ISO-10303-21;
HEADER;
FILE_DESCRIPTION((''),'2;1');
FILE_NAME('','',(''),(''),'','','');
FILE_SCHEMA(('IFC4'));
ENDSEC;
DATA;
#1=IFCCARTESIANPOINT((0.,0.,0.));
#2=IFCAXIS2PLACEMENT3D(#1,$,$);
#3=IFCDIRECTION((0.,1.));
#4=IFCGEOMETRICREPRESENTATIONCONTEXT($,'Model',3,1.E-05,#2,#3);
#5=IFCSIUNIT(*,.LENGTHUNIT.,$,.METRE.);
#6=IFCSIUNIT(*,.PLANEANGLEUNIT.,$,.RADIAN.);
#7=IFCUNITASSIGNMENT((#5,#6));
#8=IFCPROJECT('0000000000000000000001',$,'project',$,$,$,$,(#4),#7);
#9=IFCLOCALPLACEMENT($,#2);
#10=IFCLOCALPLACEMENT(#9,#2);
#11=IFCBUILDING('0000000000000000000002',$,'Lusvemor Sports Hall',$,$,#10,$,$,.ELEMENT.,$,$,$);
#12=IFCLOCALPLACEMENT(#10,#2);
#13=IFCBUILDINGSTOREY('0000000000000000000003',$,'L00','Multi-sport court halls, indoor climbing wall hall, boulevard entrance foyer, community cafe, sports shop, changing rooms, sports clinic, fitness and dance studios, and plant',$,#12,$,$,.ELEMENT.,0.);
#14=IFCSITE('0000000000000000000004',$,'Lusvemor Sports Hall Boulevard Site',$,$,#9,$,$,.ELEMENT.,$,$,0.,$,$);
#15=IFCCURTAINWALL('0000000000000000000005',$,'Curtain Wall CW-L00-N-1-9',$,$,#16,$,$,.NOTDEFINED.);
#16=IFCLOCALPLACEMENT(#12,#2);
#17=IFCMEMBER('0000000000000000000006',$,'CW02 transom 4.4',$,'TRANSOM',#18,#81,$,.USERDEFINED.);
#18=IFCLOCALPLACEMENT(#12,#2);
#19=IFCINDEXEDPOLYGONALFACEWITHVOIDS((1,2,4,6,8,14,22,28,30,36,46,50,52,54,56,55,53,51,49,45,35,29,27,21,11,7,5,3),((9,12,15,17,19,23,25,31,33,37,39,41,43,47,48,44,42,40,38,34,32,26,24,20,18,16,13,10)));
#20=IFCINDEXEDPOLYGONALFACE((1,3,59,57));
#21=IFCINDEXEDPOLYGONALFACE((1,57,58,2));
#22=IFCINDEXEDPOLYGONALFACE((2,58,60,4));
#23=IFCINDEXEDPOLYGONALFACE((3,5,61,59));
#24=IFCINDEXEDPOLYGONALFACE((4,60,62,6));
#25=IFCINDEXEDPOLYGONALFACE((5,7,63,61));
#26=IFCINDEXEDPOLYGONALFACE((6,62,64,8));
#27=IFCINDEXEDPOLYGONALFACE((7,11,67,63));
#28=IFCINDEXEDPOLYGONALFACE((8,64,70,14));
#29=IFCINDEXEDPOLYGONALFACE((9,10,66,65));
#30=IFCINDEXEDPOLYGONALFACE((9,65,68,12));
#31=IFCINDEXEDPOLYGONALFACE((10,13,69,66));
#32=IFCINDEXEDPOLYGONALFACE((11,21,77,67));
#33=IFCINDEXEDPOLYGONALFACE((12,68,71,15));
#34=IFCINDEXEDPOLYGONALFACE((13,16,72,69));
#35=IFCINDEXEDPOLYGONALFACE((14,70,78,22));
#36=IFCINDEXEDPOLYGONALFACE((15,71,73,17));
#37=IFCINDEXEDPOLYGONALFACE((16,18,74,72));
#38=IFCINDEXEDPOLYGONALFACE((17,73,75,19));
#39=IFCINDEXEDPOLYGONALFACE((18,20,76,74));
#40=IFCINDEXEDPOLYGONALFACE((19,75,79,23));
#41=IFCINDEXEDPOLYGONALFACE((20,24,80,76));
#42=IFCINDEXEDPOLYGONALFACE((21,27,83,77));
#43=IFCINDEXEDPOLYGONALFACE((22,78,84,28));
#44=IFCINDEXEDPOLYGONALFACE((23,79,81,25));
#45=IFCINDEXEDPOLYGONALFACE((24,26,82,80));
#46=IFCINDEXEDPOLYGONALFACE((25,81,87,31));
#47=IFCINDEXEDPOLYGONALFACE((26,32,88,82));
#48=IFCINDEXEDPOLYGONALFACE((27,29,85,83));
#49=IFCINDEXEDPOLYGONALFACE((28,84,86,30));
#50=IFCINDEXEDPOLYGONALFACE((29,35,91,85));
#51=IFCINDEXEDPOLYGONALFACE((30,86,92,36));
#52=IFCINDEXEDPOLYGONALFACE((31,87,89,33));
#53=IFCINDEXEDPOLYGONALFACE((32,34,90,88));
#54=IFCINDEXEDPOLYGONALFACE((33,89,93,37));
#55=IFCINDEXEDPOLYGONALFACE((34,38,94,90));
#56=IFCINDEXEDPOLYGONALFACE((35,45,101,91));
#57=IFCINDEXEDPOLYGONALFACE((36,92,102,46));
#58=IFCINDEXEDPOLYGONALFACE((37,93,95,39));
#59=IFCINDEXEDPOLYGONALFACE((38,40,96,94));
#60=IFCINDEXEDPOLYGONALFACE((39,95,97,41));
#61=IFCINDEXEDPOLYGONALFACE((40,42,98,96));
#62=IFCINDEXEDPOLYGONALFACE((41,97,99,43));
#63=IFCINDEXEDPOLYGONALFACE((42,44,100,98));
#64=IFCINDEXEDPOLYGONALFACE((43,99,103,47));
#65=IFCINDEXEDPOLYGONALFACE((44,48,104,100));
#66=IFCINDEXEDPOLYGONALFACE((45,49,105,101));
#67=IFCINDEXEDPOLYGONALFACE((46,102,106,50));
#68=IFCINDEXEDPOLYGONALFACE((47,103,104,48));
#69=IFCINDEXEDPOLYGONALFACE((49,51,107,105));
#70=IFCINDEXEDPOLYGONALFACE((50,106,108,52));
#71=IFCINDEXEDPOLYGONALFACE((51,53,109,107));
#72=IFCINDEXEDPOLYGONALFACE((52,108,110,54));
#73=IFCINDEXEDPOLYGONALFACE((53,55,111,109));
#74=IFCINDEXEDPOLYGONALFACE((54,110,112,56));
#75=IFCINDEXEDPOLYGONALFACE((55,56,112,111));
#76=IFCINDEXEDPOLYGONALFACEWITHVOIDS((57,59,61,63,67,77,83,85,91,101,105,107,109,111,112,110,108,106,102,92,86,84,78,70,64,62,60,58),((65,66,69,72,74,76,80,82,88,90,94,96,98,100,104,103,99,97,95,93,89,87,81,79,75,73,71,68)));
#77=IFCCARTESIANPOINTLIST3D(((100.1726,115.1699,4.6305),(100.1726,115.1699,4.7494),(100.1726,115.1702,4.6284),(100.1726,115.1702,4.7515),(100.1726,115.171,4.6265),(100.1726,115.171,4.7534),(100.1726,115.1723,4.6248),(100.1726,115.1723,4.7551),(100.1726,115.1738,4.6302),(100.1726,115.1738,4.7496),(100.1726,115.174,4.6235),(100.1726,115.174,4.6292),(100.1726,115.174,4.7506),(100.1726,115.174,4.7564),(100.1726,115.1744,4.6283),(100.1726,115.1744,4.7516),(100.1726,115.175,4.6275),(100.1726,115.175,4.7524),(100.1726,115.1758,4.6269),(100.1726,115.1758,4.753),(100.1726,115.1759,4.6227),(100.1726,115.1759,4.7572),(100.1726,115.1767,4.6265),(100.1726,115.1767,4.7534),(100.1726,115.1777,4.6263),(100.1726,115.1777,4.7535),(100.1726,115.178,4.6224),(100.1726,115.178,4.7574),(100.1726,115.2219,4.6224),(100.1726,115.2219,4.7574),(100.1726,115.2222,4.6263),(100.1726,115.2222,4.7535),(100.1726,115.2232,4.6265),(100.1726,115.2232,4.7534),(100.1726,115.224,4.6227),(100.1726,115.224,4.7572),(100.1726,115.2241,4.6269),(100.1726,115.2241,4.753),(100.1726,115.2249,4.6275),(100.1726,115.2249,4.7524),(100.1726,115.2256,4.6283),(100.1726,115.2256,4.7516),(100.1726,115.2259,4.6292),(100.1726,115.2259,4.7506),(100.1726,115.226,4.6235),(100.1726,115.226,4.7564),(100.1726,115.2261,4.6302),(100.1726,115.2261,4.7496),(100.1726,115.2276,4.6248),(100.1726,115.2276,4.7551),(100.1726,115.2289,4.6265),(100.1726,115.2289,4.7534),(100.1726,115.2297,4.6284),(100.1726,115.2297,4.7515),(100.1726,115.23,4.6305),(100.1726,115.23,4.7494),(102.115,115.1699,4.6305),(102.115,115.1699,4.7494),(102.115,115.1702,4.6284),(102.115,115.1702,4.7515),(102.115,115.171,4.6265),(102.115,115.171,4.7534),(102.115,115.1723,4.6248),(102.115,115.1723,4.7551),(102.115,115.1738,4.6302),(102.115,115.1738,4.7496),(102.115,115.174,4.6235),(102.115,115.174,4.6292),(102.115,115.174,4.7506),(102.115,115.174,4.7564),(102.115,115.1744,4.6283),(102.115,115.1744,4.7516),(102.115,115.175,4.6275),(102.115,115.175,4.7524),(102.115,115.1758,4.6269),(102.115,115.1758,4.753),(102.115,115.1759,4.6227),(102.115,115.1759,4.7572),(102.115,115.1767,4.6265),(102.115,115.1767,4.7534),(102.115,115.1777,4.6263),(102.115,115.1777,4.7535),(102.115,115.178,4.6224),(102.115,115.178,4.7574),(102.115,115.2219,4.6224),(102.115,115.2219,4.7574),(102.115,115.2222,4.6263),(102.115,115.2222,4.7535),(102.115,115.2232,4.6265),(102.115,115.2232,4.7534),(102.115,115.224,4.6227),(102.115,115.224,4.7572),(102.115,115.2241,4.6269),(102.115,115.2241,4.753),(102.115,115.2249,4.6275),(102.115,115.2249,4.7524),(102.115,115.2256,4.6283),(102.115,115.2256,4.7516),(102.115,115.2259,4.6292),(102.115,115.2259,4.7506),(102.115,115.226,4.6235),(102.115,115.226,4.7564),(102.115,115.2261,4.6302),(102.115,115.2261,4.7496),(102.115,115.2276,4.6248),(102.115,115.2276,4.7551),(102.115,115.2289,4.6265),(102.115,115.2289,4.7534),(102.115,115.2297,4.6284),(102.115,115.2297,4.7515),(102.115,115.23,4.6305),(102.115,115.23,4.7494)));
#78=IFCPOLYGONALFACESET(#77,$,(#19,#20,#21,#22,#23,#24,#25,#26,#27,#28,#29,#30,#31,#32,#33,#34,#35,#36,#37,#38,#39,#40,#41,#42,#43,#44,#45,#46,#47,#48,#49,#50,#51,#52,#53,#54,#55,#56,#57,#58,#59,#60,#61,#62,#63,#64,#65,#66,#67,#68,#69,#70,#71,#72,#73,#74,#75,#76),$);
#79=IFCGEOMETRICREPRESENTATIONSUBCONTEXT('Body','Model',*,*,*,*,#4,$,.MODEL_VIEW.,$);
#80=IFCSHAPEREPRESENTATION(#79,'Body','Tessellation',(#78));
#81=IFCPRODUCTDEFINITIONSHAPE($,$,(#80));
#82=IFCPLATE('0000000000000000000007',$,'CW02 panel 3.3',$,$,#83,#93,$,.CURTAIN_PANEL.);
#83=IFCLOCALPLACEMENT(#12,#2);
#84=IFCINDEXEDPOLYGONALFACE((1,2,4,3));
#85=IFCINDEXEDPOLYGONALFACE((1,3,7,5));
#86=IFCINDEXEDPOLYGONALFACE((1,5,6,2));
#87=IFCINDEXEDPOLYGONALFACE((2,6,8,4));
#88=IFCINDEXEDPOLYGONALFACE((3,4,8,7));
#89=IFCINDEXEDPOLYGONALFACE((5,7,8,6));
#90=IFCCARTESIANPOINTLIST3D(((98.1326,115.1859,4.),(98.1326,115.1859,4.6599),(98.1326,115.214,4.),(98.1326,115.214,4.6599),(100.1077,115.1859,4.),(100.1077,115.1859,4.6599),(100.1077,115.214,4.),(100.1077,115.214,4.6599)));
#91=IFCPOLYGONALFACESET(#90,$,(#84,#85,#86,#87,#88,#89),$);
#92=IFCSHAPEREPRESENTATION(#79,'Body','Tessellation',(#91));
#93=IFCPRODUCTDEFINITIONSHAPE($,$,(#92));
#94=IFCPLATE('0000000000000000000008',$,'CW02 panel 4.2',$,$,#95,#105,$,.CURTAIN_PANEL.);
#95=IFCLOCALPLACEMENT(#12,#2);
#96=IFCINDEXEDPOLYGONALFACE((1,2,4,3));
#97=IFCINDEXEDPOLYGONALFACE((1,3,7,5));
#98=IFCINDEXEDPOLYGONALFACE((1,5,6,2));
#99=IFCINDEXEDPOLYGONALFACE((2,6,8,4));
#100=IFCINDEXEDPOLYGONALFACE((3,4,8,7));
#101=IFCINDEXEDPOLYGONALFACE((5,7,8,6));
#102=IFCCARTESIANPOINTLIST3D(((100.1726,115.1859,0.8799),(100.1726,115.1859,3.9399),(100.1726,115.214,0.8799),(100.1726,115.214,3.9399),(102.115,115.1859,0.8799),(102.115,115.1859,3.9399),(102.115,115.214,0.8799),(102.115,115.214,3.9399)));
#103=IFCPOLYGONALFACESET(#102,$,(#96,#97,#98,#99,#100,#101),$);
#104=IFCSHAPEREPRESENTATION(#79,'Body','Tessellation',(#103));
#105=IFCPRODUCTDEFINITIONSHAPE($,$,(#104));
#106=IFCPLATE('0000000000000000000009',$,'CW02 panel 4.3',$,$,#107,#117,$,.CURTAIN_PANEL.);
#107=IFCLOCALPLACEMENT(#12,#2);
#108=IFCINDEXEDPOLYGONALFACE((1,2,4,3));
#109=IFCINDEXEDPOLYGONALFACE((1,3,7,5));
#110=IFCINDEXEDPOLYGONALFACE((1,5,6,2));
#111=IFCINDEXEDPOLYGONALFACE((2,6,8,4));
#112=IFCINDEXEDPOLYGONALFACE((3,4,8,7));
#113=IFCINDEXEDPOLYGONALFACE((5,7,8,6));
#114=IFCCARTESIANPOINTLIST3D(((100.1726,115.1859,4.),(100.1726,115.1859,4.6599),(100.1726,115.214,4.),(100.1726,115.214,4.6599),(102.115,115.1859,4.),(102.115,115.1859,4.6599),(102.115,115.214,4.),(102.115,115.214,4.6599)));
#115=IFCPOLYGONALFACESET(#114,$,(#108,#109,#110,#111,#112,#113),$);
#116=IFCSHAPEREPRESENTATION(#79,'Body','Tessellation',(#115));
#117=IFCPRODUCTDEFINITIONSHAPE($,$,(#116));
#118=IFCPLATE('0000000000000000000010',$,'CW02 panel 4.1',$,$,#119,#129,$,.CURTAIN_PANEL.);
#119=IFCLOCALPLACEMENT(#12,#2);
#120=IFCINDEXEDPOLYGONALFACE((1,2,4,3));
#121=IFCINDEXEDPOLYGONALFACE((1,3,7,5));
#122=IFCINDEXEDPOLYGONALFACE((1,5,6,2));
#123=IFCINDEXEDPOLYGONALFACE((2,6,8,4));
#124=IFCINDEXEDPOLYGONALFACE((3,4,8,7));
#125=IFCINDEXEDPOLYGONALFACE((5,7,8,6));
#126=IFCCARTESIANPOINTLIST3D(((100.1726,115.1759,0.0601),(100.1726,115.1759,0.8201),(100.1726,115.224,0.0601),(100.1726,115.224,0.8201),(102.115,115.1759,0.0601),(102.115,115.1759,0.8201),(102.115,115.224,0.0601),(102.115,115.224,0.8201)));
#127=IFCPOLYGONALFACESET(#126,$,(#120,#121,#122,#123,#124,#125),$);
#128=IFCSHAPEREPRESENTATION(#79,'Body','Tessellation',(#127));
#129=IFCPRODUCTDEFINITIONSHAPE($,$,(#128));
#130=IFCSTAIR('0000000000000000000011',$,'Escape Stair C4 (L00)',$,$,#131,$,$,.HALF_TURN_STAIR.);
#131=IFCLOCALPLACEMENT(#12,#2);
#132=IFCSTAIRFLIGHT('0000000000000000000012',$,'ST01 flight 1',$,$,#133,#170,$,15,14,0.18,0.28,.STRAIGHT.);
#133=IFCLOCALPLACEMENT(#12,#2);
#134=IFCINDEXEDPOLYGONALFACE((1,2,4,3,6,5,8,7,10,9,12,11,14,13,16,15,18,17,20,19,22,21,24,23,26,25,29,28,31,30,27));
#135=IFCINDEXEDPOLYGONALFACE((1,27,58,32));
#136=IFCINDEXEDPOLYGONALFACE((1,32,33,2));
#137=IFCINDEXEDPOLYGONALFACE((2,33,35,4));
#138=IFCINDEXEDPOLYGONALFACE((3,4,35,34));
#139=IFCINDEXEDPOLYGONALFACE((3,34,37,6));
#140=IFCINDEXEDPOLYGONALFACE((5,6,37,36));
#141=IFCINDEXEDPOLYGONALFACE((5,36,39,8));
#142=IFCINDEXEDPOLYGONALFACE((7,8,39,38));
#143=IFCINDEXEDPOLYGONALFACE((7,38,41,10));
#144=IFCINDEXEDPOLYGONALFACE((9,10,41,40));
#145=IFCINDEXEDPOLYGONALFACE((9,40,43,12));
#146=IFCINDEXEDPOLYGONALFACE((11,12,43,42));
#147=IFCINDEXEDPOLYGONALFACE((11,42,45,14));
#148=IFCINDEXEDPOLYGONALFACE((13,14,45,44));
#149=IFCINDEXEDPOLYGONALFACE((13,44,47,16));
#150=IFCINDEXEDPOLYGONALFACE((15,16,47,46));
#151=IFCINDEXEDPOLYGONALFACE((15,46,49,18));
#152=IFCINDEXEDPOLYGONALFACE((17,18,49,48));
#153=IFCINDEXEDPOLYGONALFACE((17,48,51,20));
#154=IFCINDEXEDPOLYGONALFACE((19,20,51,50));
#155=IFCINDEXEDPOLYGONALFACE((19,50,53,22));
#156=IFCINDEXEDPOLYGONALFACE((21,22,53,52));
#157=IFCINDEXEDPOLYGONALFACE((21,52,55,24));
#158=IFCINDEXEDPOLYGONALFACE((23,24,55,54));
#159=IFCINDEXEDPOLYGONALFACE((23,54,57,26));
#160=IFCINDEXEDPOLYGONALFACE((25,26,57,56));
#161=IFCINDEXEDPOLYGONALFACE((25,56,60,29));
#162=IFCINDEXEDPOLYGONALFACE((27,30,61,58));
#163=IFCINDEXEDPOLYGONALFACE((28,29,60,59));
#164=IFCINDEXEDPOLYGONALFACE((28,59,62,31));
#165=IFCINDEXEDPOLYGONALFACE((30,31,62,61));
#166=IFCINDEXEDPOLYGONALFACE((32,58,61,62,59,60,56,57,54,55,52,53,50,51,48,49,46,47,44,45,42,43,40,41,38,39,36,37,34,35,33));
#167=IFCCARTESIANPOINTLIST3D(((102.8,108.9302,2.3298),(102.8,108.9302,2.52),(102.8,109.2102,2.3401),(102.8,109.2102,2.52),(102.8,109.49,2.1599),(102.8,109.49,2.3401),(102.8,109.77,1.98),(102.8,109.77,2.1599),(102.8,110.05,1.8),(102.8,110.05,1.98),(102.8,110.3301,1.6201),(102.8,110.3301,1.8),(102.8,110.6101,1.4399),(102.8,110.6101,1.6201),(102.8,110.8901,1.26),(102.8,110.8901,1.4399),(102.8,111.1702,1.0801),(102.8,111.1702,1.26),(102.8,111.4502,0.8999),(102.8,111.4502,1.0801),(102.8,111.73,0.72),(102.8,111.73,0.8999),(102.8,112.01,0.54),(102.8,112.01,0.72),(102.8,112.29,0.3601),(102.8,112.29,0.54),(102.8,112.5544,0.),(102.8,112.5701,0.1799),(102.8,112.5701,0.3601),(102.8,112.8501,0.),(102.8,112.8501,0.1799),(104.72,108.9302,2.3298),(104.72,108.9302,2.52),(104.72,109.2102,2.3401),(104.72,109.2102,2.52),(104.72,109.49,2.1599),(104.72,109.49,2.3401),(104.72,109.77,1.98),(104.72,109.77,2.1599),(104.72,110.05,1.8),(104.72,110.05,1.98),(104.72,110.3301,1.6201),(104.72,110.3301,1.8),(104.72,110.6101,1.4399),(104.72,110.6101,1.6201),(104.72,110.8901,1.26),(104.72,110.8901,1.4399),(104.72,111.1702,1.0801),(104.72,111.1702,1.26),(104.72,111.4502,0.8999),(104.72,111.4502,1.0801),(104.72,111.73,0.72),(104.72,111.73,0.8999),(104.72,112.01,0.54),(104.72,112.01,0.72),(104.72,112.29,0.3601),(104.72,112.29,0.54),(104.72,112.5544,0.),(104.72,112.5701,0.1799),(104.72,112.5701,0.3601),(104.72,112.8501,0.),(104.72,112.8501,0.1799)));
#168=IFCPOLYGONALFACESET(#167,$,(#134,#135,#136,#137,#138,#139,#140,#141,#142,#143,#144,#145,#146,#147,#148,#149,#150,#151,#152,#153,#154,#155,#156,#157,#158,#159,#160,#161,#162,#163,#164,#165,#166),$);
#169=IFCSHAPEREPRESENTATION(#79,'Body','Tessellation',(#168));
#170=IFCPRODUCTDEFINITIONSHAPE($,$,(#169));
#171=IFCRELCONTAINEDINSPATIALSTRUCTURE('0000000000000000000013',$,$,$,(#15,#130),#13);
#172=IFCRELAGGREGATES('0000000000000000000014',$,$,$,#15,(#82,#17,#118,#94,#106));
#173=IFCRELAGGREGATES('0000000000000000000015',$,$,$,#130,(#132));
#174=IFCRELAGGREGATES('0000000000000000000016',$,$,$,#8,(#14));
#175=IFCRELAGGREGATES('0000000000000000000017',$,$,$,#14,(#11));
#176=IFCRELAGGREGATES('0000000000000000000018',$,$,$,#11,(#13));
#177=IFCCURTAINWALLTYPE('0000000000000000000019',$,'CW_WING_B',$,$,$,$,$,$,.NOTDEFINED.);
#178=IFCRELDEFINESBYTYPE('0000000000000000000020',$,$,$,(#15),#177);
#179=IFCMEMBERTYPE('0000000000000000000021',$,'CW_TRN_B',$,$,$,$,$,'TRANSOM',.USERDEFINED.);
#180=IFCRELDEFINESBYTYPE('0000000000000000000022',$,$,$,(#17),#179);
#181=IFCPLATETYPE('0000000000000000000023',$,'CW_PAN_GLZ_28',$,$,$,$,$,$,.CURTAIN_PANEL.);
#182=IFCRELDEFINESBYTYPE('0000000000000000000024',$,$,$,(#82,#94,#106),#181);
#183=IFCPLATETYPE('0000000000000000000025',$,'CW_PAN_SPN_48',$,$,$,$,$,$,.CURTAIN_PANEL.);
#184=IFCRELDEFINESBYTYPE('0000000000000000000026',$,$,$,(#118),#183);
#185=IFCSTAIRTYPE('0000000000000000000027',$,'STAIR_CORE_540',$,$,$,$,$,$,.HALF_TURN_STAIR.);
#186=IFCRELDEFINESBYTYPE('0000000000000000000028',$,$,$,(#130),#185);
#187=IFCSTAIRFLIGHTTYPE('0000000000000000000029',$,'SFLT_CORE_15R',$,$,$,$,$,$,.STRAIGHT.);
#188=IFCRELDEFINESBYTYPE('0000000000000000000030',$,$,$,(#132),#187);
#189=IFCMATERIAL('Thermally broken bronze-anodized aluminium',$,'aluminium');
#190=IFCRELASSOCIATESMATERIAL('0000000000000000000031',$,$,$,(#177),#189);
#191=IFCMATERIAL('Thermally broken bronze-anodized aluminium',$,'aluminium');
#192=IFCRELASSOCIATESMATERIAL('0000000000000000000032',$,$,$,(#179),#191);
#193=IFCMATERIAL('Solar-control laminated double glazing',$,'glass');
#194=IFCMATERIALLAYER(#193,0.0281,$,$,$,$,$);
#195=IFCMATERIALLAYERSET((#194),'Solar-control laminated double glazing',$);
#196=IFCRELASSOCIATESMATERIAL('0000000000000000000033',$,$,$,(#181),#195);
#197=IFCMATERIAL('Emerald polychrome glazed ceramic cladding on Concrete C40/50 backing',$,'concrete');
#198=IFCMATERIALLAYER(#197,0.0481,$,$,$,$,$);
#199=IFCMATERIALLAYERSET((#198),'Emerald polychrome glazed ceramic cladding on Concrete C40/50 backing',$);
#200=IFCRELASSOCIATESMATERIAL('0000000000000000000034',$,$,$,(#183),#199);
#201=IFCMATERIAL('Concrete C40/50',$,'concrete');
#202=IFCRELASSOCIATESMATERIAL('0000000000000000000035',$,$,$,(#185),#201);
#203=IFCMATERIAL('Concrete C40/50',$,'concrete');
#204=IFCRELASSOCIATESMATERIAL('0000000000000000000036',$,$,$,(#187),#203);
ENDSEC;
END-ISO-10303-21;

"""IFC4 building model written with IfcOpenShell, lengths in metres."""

from ifc_helpers import new_model, si_unit, direction, frame, origin, origin_2d, place, context, subcontext, project, spatial, polyline, rectangle, hollow_rectangle, outline, extrude, material, layer, layer_set, material_profile, profile_set, type_object, element, aggregate, save


model = new_model("IFC4")

# Units and contexts
model_context = context("Model", 3, precision=1e-05, world=origin(), true_north=direction((0.0, 1.0)))
body_context = subcontext(model_context, "Body", "Model", "MODEL_VIEW")
ifc_project = project(units=[si_unit("LENGTHUNIT", "METRE"), si_unit("PLANEANGLEUNIT", "RADIAN")], contexts=[model_context])

# Site, building, storey
site_placement = place(None, origin())
site = spatial("IfcSite", under=ifc_project, at=site_placement, Name="Lusvemor Sports Hall Boulevard Site", CompositionType="ELEMENT", RefElevation=0.0)
building_placement = place(site_placement, origin())
building = spatial("IfcBuilding", under=site, at=building_placement, Name="Lusvemor Sports Hall", CompositionType="ELEMENT")
storey_placement = place(building_placement, origin())
storey = spatial("IfcBuildingStorey", under=building, at=storey_placement, Name="L00", Description="Multi-sport court halls, indoor climbing wall hall, boulevard entrance foyer, community cafe, sports shop, changing rooms, sports clinic, fitness and dance studios, and plant", CompositionType="ELEMENT", Elevation=0.0)

# Curtain wall, member, plates
ifc_material_1 = material(Name="Thermally broken bronze-anodized aluminium", Category="aluminium")
curtain_wall_type = type_object("IfcCurtainWallType", Name="CW_WING_B", PredefinedType="NOTDEFINED", material=ifc_material_1)
curtain_wall_placement = place(storey_placement, origin())
curtain_wall = element("IfcCurtainWall", 1, at=curtain_wall_placement, inside=storey, type_object=curtain_wall_type, Name="Curtain Wall CW-L00-N-1-9", PredefinedType="NOTDEFINED")
ifc_material_2 = material(Name="Thermally broken bronze-anodized aluminium", Category="aluminium")
ifc_material_profile_1 = material_profile(ifc_material_2, hollow_rectangle(XDim=0.0601, YDim=0.135, WallThickness=0.0039, InnerFilletRadius=0.0039, OuterFilletRadius=0.0081, at=origin_2d()), Name="CWTRN135x60x4")
ifc_profile_set_1 = profile_set([ifc_material_profile_1], Name="Thermally broken bronze-anodized aluminium")
member_type_1 = type_object("IfcMemberType", Name="CW_TRN_B", ElementType="TRANSOM", PredefinedType="USERDEFINED", material=ifc_profile_set_1)
member_1_placement = place(storey_placement, frame((100.1726, 115.2, 4.6899), z_axis=(1.0, 0.0, 0.0), x_axis=(0.0, 1.0, 0.0)))
member_1 = element("IfcMember", 2, at=member_1_placement, type_object=member_type_1, Name="CW02 transom 4.4", ObjectType="TRANSOM", PredefinedType="USERDEFINED", context=body_context, shape_type="SweptSolid", body=[
    extrude(hollow_rectangle(XDim=0.0601, YDim=0.135, WallThickness=0.0039, InnerFilletRadius=0.0039, OuterFilletRadius=0.0081, at=origin_2d()), origin(), (0.0, 0.0, 1.0), 1.9424),
])
ifc_material_3 = material(Name="Solar-control laminated double glazing", Category="glass")
ifc_layer_1 = layer(ifc_material_3, 0.0281)
ifc_layer_set_1 = layer_set([ifc_layer_1], Name="Solar-control laminated double glazing")
plate_type_1 = type_object("IfcPlateType", Name="CW_PAN_GLZ_28", PredefinedType="CURTAIN_PANEL", material=ifc_layer_set_1)
plate_1_placement = place(storey_placement, frame((99.1201, 115.2, 4.0), z_axis=(0.0, 0.0, 1.0), x_axis=(1.0, 0.0, 0.0)))
plate_1 = element("IfcPlate", 3, at=plate_1_placement, type_object=plate_type_1, Name="CW02 panel 3.3", PredefinedType="CURTAIN_PANEL", context=body_context, shape_type="SweptSolid", body=[
    extrude(rectangle(XDim=1.9751, YDim=0.0281, at=origin_2d()), origin(), (0.0, 0.0, 1.0), 0.6599),
])
plate_2_placement = place(storey_placement, frame((101.1438, 115.2, 0.8799), z_axis=(0.0, 0.0, 1.0), x_axis=(1.0, 0.0, 0.0)))
plate_2 = element("IfcPlate", 4, at=plate_2_placement, type_object=plate_type_1, Name="CW02 panel 4.2", PredefinedType="CURTAIN_PANEL", context=body_context, shape_type="SweptSolid", body=[
    extrude(rectangle(XDim=1.9424, YDim=0.0281, at=origin_2d()), origin(), (0.0, 0.0, 1.0), 3.0601),
])
plate_3_placement = place(storey_placement, frame((101.1438, 115.2, 4.0), z_axis=(0.0, 0.0, 1.0), x_axis=(1.0, 0.0, 0.0)))
plate_3 = element("IfcPlate", 5, at=plate_3_placement, type_object=plate_type_1, Name="CW02 panel 4.3", PredefinedType="CURTAIN_PANEL", context=body_context, shape_type="SweptSolid", body=[
    extrude(rectangle(XDim=1.9424, YDim=0.0281, at=origin_2d()), origin(), (0.0, 0.0, 1.0), 0.6599),
])
ifc_material_4 = material(Name="Emerald polychrome glazed ceramic cladding on Concrete C40/50 backing", Category="concrete")
ifc_layer_2 = layer(ifc_material_4, 0.0481)
ifc_layer_set_2 = layer_set([ifc_layer_2], Name="Emerald polychrome glazed ceramic cladding on Concrete C40/50 backing")
plate_type_2 = type_object("IfcPlateType", Name="CW_PAN_SPN_48", PredefinedType="CURTAIN_PANEL", material=ifc_layer_set_2)
plate_4_placement = place(storey_placement, frame((101.1438, 115.2, 0.0601), z_axis=(0.0, 0.0, 1.0), x_axis=(1.0, 0.0, 0.0)))
plate_4 = element("IfcPlate", 6, at=plate_4_placement, type_object=plate_type_2, Name="CW02 panel 4.1", PredefinedType="CURTAIN_PANEL", context=body_context, shape_type="SweptSolid", body=[
    extrude(rectangle(XDim=1.9424, YDim=0.0481, at=origin_2d()), origin(), (0.0, 0.0, 1.0), 0.76),
])
aggregate(curtain_wall, [plate_1, member_1, plate_4, plate_2, plate_3])

# Stair, stair flight
ifc_material_5 = material(Name="Concrete C40/50", Category="concrete")
stair_type = type_object("IfcStairType", Name="STAIR_CORE_540", PredefinedType="HALF_TURN_STAIR", material=ifc_material_5)
stair_placement = place(storey_placement, origin())
stair = element("IfcStair", 7, at=stair_placement, inside=storey, type_object=stair_type, Name="Escape Stair C4 (L00)", PredefinedType="HALF_TURN_STAIR")
ifc_material_6 = material(Name="Concrete C40/50", Category="concrete")
stair_flight_type = type_object("IfcStairFlightType", Name="SFLT_CORE_15R", PredefinedType="STRAIGHT", material=ifc_material_6)
stair_flight_1_placement = place(storey_placement, frame((103.76, 112.8501, 0.0), z_axis=(0.0, 0.0, 1.0), x_axis=(0.0, -1.0, 0.0)))
stair_flight_1 = element("IfcStairFlight", 8, at=stair_flight_1_placement, type_object=stair_flight_type, Name="ST01 flight 1", NumberOfRisers=15, NumberOfTreads=14, PredefinedType="STRAIGHT", RiserHeight=0.18, TreadLength=0.28, context=body_context, shape_type="SweptSolid", body=[
    extrude(outline(polyline([(0.0, 0.0), (0.0, 0.1799), (0.28, 0.1799), (0.28, 0.3601), (0.5601, 0.3601), (0.5601, 0.54), (0.8401, 0.54), (0.8401, 0.72), (1.1201, 0.72), (1.1201, 0.8999), (1.3999, 0.8999), (1.3999, 1.0801), (1.6799, 1.0801), (1.6799, 1.26), (1.96, 1.26), (1.96, 1.4399), (2.24, 1.4399), (2.24, 1.6201), (2.52, 1.6201), (2.52, 1.8), (2.8, 1.8), (2.8, 1.98), (3.0801, 1.98), (3.0801, 2.1599), (3.3601, 2.1599), (3.3601, 2.3401), (3.6399, 2.3401), (3.6399, 2.52), (3.9199, 2.52), (3.9199, 2.7), (3.9199, 2.3298), (0.2957, 0.0), (0.0, 0.0)])), frame((0.0, 0.96, 0.0), z_axis=(0.0, -1.0, 0.0), x_axis=(1.0, 0.0, 0.0)), (0.0, 0.0, 1.0), 1.9199),
])
aggregate(stair, [stair_flight_1])

save(model, "model.ifc")
